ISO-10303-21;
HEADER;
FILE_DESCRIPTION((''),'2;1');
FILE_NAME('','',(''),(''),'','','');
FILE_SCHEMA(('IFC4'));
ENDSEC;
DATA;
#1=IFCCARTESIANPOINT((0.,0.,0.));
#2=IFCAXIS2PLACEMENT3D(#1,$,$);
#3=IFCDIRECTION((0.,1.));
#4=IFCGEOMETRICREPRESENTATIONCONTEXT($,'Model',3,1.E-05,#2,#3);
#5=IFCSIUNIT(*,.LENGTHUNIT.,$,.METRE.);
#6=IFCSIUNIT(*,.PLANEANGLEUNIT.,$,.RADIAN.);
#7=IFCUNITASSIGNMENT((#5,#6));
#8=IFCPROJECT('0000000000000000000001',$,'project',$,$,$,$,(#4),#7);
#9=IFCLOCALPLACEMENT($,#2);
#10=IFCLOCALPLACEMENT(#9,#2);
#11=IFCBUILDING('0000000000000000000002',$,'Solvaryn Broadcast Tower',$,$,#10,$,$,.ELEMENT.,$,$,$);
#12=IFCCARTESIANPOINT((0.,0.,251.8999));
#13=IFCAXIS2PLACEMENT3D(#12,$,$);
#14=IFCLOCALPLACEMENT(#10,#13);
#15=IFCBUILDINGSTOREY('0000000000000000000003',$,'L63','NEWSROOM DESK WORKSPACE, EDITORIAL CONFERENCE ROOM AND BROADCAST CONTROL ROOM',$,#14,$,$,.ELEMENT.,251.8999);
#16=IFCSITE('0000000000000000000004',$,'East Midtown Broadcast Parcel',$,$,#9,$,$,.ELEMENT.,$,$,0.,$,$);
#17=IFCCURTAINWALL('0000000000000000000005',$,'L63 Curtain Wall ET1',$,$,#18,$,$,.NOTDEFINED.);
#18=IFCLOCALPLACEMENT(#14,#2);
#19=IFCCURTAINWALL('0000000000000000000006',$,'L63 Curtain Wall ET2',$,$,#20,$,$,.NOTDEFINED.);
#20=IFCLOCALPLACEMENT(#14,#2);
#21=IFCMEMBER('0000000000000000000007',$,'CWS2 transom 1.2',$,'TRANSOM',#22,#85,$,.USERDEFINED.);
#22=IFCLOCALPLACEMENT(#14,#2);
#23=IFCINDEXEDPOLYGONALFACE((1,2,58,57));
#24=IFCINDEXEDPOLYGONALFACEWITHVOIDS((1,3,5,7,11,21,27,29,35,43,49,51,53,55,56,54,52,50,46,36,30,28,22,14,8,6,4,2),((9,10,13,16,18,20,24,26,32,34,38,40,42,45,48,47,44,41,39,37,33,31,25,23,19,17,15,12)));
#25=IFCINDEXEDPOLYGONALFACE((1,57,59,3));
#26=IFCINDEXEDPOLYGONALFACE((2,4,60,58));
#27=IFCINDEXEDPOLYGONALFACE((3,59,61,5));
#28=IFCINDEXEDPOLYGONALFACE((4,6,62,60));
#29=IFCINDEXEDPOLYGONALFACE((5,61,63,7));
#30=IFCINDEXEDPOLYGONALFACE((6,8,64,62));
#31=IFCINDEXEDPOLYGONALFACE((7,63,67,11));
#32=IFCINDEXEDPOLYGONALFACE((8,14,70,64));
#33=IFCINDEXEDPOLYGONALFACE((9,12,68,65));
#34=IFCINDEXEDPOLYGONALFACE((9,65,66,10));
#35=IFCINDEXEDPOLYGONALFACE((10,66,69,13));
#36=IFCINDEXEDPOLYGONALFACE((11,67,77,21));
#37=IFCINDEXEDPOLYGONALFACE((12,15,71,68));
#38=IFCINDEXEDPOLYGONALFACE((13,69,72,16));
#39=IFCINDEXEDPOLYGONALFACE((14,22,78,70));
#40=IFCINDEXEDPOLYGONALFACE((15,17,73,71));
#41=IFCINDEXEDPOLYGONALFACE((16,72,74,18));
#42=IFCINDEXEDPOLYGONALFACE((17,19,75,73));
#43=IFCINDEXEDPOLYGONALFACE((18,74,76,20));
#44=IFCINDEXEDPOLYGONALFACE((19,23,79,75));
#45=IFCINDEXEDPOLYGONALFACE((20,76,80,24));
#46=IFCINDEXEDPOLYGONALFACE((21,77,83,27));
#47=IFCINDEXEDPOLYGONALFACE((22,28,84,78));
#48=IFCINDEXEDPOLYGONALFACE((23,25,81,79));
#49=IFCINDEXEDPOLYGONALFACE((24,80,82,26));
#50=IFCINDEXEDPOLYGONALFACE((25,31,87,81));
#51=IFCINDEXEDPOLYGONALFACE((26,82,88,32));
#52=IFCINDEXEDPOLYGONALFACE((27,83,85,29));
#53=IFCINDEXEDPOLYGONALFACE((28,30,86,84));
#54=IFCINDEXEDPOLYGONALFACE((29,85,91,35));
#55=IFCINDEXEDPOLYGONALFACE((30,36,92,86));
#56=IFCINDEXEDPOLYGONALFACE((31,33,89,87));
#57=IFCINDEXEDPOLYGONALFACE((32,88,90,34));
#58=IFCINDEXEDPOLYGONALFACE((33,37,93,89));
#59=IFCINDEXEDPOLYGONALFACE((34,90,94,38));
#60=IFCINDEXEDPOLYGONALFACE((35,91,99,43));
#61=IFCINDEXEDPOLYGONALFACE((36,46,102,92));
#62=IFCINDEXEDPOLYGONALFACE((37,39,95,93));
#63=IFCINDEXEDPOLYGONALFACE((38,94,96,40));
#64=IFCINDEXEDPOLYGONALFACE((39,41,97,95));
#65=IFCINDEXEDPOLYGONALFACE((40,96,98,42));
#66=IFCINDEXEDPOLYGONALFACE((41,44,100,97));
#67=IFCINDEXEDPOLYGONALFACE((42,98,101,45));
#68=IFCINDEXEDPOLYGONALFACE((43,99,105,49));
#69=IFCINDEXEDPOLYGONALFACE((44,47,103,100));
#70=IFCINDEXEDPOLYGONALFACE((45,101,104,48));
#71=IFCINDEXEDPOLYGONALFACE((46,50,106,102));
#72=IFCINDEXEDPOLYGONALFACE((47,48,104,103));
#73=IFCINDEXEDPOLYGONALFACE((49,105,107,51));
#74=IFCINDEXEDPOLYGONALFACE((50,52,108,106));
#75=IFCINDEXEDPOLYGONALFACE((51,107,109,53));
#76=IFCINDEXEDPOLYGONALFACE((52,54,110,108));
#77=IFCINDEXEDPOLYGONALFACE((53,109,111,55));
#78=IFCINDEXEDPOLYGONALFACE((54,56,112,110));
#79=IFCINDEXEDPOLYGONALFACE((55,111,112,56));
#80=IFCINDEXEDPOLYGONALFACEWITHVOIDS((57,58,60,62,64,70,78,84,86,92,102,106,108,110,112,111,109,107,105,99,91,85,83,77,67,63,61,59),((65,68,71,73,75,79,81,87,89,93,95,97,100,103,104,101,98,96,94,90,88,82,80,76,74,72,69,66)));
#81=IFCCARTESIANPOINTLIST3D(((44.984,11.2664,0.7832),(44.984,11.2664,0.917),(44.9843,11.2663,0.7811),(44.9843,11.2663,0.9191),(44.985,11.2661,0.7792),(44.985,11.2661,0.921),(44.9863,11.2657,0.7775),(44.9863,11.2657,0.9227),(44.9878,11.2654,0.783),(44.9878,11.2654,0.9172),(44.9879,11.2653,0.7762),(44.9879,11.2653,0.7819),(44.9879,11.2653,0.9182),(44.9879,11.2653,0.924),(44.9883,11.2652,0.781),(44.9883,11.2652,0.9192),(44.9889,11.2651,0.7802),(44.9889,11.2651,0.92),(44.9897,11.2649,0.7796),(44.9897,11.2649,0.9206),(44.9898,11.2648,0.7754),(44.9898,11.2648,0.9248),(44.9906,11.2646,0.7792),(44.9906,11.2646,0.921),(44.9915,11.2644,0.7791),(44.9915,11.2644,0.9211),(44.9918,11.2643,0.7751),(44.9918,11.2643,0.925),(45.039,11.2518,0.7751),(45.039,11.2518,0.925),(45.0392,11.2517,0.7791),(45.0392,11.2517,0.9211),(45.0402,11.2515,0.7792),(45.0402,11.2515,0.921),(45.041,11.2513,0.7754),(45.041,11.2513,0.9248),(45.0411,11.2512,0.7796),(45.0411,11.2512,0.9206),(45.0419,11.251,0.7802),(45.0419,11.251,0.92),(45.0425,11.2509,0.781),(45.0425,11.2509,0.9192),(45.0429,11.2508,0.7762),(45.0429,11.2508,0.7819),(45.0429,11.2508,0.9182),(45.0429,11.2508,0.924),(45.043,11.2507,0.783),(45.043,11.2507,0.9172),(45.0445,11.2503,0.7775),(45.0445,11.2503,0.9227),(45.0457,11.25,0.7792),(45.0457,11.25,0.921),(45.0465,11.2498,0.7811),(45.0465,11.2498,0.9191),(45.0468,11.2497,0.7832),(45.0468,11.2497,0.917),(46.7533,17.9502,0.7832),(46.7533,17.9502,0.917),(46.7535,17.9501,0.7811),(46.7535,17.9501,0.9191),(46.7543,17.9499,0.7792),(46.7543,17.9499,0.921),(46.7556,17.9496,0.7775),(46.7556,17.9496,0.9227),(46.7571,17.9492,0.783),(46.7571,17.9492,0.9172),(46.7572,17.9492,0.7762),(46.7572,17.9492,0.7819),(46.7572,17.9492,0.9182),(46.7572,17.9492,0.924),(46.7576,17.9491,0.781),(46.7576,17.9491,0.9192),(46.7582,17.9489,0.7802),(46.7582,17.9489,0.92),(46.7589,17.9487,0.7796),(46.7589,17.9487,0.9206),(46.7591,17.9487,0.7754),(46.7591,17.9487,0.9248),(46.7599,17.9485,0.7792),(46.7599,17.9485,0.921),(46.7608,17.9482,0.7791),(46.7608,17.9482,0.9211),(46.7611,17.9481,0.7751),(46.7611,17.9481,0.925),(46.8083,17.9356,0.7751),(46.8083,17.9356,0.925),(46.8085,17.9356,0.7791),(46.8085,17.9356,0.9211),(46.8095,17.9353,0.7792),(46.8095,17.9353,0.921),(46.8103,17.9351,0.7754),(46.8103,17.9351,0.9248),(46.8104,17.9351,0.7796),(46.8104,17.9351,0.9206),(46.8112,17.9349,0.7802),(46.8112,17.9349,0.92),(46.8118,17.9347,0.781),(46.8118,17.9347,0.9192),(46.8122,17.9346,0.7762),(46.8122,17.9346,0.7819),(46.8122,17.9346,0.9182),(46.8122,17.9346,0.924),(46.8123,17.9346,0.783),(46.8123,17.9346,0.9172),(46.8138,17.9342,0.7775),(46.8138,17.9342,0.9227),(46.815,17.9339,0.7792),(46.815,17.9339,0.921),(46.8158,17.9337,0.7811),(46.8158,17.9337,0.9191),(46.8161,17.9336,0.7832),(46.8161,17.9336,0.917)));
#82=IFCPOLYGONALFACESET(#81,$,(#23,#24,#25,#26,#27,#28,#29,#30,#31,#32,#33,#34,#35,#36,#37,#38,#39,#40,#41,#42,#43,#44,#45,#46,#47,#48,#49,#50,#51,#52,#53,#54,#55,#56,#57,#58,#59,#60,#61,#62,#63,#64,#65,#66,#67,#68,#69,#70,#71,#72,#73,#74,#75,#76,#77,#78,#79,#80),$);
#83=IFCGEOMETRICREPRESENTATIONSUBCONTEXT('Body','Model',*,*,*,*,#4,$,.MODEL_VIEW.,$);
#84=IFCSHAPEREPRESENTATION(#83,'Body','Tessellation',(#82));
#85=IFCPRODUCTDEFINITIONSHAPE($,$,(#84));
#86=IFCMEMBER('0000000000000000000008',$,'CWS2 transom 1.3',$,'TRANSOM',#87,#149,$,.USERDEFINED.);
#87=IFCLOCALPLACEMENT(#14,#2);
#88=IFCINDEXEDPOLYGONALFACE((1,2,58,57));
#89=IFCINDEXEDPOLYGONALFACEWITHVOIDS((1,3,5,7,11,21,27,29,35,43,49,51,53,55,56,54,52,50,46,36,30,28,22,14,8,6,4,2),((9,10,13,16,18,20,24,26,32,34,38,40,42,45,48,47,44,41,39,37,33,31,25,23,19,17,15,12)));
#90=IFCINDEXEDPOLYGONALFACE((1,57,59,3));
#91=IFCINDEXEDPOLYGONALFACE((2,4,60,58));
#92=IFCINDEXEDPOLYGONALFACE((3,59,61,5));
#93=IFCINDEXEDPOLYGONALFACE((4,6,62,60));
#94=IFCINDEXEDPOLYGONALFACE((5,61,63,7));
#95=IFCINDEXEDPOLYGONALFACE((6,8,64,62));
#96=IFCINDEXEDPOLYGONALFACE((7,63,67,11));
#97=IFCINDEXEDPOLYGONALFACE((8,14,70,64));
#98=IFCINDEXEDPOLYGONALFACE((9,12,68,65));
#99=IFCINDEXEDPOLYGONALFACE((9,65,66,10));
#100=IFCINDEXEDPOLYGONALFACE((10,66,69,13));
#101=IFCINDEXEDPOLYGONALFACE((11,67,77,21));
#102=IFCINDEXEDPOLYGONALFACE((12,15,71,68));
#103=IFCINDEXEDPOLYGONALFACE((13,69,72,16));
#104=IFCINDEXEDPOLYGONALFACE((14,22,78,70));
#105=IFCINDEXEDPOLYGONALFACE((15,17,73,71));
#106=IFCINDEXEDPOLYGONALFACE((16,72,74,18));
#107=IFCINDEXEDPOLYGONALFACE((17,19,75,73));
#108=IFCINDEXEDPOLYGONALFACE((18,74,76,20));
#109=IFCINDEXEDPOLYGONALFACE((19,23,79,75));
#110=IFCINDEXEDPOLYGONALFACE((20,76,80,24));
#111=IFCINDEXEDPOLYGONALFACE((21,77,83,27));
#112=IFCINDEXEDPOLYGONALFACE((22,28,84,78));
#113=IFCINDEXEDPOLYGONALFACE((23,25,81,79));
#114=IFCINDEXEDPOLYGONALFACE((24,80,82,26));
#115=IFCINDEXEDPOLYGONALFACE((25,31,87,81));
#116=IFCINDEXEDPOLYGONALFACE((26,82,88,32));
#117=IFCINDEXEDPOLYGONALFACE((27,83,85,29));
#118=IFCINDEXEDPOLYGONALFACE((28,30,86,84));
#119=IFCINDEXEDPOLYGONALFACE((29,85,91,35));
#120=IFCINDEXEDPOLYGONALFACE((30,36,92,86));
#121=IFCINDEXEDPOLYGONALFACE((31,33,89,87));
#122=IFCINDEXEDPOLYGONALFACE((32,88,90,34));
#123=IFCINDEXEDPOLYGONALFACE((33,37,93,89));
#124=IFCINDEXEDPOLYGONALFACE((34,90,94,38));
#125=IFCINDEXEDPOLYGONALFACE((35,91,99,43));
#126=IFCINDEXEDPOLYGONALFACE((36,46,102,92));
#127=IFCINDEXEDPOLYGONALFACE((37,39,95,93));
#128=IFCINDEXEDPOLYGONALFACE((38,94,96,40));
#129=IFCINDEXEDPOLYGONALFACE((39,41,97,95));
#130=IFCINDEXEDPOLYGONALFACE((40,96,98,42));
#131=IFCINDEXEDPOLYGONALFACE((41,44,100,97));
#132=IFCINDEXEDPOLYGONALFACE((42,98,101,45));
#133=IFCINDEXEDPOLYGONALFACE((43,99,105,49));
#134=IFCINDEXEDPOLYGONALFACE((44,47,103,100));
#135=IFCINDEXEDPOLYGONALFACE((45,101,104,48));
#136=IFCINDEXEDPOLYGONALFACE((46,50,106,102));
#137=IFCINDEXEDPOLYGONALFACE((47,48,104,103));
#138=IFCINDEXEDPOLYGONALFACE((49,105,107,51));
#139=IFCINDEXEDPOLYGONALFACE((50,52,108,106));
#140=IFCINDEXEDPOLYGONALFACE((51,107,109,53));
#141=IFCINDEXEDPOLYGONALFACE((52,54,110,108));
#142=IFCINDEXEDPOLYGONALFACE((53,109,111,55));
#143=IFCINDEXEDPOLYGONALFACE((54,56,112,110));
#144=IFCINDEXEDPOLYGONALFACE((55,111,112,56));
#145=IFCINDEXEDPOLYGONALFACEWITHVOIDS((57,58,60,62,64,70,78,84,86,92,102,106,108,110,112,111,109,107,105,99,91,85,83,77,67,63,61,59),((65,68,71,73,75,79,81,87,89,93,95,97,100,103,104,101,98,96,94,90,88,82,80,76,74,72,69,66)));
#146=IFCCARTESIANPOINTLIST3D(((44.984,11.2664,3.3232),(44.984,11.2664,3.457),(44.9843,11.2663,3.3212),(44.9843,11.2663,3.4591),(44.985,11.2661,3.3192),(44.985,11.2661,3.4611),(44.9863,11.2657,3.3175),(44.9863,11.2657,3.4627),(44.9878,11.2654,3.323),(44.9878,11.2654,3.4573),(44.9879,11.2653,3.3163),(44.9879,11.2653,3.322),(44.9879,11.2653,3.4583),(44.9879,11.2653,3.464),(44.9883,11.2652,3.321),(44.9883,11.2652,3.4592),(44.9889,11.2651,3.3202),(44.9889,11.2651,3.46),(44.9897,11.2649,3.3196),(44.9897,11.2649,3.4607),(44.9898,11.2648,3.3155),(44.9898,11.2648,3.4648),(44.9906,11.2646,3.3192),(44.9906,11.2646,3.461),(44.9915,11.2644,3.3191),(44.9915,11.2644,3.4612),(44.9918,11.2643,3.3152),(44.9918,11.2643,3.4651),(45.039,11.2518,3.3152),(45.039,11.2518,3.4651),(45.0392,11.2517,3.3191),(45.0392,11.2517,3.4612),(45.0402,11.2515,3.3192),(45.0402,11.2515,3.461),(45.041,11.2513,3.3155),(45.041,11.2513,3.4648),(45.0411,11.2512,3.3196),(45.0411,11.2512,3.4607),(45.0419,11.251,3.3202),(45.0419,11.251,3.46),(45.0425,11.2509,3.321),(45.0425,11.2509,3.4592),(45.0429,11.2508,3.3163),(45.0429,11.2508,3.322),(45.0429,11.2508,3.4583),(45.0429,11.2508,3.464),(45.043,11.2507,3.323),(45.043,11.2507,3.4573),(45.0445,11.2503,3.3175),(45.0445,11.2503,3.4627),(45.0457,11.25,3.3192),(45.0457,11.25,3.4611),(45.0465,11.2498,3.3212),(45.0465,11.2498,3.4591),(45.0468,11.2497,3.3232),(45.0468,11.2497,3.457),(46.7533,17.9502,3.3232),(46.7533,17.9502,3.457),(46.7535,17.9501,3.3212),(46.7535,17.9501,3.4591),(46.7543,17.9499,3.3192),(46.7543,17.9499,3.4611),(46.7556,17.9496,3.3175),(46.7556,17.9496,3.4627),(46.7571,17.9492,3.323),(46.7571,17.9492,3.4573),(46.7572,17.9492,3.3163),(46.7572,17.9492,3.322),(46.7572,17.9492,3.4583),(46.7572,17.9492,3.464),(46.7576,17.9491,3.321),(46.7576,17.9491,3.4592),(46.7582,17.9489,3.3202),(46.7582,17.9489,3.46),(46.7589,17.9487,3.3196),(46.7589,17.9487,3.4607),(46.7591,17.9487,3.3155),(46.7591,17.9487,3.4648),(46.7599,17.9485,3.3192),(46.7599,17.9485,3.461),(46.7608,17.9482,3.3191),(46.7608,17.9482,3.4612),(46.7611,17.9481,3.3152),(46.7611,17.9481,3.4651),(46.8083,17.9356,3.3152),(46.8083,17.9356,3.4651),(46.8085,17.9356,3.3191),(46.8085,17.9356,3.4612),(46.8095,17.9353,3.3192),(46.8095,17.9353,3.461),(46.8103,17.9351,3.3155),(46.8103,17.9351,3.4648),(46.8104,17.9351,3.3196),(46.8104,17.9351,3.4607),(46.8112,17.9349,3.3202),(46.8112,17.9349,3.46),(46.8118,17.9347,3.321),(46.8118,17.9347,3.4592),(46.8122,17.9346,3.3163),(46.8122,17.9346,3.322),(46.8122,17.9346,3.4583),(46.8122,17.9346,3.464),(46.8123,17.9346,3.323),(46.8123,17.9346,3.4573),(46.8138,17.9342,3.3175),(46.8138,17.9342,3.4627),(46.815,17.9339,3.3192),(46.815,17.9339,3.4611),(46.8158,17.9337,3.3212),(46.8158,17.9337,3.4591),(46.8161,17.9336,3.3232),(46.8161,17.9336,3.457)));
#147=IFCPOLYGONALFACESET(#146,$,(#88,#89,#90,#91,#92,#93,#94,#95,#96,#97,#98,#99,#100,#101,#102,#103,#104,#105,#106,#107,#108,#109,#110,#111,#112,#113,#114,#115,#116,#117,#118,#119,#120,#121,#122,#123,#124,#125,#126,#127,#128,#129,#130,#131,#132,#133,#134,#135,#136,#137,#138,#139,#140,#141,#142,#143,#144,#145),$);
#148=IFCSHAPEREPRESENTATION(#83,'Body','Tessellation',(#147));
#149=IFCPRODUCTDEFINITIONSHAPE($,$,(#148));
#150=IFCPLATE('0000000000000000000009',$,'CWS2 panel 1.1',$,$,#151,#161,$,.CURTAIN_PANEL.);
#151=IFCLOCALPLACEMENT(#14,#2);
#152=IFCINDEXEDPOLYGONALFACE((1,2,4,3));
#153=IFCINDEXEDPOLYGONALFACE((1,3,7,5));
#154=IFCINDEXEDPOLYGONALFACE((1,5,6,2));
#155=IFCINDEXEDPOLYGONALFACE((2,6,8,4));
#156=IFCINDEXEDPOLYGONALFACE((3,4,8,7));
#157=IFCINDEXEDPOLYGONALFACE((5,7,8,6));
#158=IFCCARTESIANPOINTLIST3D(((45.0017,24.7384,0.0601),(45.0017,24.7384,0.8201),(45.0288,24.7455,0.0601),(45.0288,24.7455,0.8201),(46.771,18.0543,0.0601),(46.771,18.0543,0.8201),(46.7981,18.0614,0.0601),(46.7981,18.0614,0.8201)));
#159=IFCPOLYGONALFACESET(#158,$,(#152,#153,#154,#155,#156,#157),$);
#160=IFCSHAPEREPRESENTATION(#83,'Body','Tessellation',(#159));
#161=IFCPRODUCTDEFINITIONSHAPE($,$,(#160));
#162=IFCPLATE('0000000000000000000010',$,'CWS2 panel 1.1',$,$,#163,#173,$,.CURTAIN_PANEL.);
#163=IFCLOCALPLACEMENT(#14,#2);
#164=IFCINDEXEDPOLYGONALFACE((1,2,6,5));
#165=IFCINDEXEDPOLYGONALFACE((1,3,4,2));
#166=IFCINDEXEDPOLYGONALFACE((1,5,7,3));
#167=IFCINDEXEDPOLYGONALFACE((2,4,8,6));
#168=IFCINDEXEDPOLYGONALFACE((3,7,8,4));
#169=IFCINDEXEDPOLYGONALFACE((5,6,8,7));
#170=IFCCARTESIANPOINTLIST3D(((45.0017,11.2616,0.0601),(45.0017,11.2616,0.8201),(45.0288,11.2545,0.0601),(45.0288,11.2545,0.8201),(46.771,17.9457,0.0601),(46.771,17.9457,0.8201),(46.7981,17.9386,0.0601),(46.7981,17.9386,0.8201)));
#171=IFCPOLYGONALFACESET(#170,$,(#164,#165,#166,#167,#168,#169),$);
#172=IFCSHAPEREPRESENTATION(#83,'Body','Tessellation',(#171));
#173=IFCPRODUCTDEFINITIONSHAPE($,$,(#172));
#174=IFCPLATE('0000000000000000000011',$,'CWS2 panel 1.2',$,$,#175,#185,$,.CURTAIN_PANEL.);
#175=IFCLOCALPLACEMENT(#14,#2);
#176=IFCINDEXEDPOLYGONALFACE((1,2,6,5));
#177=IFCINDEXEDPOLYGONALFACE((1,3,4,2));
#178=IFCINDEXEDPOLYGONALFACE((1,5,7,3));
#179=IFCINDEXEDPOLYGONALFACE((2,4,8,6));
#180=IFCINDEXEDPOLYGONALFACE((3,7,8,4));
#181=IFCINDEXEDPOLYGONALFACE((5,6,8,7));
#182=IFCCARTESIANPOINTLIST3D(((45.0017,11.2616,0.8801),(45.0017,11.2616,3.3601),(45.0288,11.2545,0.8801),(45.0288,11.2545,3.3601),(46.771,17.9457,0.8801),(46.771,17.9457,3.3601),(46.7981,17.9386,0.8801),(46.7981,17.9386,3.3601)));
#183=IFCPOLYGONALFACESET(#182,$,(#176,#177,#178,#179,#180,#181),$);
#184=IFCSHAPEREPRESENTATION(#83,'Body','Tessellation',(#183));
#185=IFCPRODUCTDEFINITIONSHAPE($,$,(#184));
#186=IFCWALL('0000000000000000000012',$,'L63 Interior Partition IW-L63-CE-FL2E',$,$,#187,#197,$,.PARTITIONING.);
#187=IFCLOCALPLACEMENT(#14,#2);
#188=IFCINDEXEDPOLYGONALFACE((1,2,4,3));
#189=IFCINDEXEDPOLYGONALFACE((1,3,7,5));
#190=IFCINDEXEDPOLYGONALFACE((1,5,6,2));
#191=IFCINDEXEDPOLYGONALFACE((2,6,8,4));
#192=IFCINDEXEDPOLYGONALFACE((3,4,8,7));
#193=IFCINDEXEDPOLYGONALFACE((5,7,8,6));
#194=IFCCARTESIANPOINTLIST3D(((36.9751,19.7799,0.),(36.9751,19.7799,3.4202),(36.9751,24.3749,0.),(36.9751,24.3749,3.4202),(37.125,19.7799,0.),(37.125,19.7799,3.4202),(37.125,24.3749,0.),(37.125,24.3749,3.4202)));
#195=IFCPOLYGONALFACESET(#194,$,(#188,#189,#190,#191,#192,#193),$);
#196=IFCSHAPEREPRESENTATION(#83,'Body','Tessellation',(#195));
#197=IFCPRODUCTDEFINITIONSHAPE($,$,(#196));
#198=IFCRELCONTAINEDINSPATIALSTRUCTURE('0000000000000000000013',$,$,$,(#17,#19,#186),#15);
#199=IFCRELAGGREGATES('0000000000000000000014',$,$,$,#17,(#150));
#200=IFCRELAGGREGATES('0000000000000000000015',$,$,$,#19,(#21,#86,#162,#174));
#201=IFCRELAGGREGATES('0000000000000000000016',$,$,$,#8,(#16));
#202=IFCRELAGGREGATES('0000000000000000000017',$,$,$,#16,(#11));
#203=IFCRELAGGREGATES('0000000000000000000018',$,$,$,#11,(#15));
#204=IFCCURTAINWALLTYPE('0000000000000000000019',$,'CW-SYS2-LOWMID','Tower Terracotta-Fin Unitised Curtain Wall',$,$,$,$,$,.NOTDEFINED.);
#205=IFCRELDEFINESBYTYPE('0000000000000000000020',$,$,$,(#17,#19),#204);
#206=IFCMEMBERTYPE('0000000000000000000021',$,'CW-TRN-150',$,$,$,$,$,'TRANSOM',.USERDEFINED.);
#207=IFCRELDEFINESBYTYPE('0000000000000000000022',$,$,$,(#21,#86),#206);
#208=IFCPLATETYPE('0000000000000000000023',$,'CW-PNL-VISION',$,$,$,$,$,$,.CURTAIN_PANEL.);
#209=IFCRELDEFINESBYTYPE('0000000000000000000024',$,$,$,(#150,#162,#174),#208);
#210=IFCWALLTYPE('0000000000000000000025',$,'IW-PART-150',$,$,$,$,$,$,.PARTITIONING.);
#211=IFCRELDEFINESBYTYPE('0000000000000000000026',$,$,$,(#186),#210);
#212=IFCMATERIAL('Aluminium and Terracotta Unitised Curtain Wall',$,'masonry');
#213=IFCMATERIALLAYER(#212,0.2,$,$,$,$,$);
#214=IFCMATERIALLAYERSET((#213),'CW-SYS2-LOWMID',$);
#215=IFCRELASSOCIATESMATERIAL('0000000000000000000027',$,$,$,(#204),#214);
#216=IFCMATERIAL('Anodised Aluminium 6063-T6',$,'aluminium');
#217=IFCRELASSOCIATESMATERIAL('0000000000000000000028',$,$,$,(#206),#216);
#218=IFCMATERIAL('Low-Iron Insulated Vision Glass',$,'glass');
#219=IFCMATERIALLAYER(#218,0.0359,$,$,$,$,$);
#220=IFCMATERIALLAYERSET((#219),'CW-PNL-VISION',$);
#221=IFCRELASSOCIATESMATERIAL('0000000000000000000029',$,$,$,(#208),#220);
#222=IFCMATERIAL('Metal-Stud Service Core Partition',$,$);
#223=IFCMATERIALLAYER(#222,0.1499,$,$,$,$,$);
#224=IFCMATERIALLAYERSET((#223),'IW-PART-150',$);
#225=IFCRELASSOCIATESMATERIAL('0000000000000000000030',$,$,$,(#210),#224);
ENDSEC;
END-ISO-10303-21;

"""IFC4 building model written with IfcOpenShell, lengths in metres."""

from ifc_helpers import new_model, si_unit, direction, frame, frame_2d, origin, origin_2d, place, context, subcontext, project, spatial, rectangle, hollow_rectangle, extrude, material, layer, layer_set, material_profile, profile_set, type_object, element, aggregate, save


model = new_model("IFC4")

# Units and contexts
model_context = context("Model", 3, precision=1e-05, world=origin(), true_north=direction((0.0, 1.0)))
body_context = subcontext(model_context, "Body", "Model", "MODEL_VIEW")
ifc_project = project(units=[si_unit("LENGTHUNIT", "METRE"), si_unit("PLANEANGLEUNIT", "RADIAN")], contexts=[model_context])

# Site, building, storey
site_placement = place(None, origin())
site = spatial("IfcSite", under=ifc_project, at=site_placement, Name="East Midtown Broadcast Parcel", CompositionType="ELEMENT", RefElevation=0.0)
building_placement = place(site_placement, origin())
building = spatial("IfcBuilding", under=site, at=building_placement, Name="Solvaryn Broadcast Tower", CompositionType="ELEMENT")
storey_placement = place(building_placement, frame((0.0, 0.0, 251.8999)))
storey = spatial("IfcBuildingStorey", under=building, at=storey_placement, Name="L63", Description="NEWSROOM DESK WORKSPACE, EDITORIAL CONFERENCE ROOM AND BROADCAST CONTROL ROOM", CompositionType="ELEMENT", Elevation=251.8999)

# Curtain wall
ifc_material_1 = material(Name="Aluminium and Terracotta Unitised Curtain Wall", Category="masonry")
ifc_layer_1 = layer(ifc_material_1, 0.2)
ifc_layer_set_1 = layer_set([ifc_layer_1], Name="CW-SYS2-LOWMID")
curtain_wall_type = type_object("IfcCurtainWallType", Name="CW-SYS2-LOWMID", Description="Tower Terracotta-Fin Unitised Curtain Wall", PredefinedType="NOTDEFINED", material=ifc_layer_set_1)
curtain_wall_1_placement = place(storey_placement, origin())
curtain_wall_1 = element("IfcCurtainWall", 1, at=curtain_wall_1_placement, inside=storey, type_object=curtain_wall_type, Name="L63 Curtain Wall ET1", PredefinedType="NOTDEFINED")

# Curtain wall, members
curtain_wall_2_placement = place(storey_placement, origin())
curtain_wall_2 = element("IfcCurtainWall", 2, at=curtain_wall_2_placement, inside=storey, type_object=curtain_wall_type, Name="L63 Curtain Wall ET2", PredefinedType="NOTDEFINED")
ifc_material_2 = material(Name="Anodised Aluminium 6063-T6", Category="aluminium")
ifc_material_profile_1 = material_profile(ifc_material_2, hollow_rectangle(XDim=0.0649, YDim=0.1499, WallThickness=0.0039, InnerFilletRadius=0.0039, OuterFilletRadius=0.0081, at=origin_2d()))
ifc_profile_set_1 = profile_set([ifc_material_profile_1], Name="Anodised Aluminium 6063-T6")
member_type_1 = type_object("IfcMemberType", Name="CW-TRN-150", ElementType="TRANSOM", PredefinedType="USERDEFINED", material=ifc_profile_set_1)
member_1_placement = place(storey_placement, frame((46.7847, 17.9419, 0.8501), z_axis=(-0.255897, -0.966704, 0.0), x_axis=(0.966704, -0.255897, 0.0)))
member_1 = element("IfcMember", 3, at=member_1_placement, type_object=member_type_1, Name="CWS2 transom 1.2", ObjectType="TRANSOM", PredefinedType="USERDEFINED", context=body_context, shape_type="SweptSolid", body=[
    extrude(hollow_rectangle(XDim=0.0649, YDim=0.1499, WallThickness=0.0039, InnerFilletRadius=0.0039, OuterFilletRadius=0.0081, at=origin_2d()), origin(), (0.0, 0.0, 1.0), 6.9141),
])
member_2_placement = place(storey_placement, frame((46.7847, 17.9419, 3.3901), z_axis=(-0.255897, -0.966704, 0.0), x_axis=(0.966704, -0.255897, 0.0)))
member_2 = element("IfcMember", 4, at=member_2_placement, type_object=member_type_1, Name="CWS2 transom 1.3", ObjectType="TRANSOM", PredefinedType="USERDEFINED", context=body_context, shape_type="SweptSolid", body=[
    extrude(hollow_rectangle(XDim=0.0649, YDim=0.1499, WallThickness=0.0039, InnerFilletRadius=0.0039, OuterFilletRadius=0.0081, at=origin_2d()), origin(), (0.0, 0.0, 1.0), 6.9141),
])

# Plates
ifc_material_3 = material(Name="Low-Iron Insulated Vision Glass", Category="glass")
ifc_layer_2 = layer(ifc_material_3, 0.0359)
ifc_layer_set_2 = layer_set([ifc_layer_2], Name="CW-PNL-VISION")
plate_type = type_object("IfcPlateType", Name="CW-PNL-VISION", PredefinedType="CURTAIN_PANEL", material=ifc_layer_set_2)
plate_1_placement = place(storey_placement, frame((45.8999, 21.3999, 0.0601), z_axis=(0.0, 0.0, 1.0), x_axis=(0.255893, -0.966705, 0.0)))
plate_1 = element("IfcPlate", 5, at=plate_1_placement, type_object=plate_type, Name="CWS2 panel 1.1", PredefinedType="CURTAIN_PANEL", context=body_context, shape_type="SweptSolid", body=[
    extrude(rectangle(XDim=6.9143, YDim=0.0281, at=origin_2d()), origin(), (0.0, 0.0, 1.0), 0.76),
])
aggregate(curtain_wall_1, [plate_1])
plate_2_placement = place(storey_placement, frame((45.8999, 14.6001, 0.0601), z_axis=(0.0, 0.0, 1.0), x_axis=(-0.255893, -0.966705, 0.0)))
plate_2 = element("IfcPlate", 6, at=plate_2_placement, type_object=plate_type, Name="CWS2 panel 1.1", PredefinedType="CURTAIN_PANEL", context=body_context, shape_type="SweptSolid", body=[
    extrude(rectangle(XDim=6.9143, YDim=0.0281, at=origin_2d()), origin(), (0.0, 0.0, 1.0), 0.76),
])
plate_3_placement = place(storey_placement, frame((45.8999, 14.6001, 0.8801), z_axis=(0.0, 0.0, 1.0), x_axis=(-0.255893, -0.966705, 0.0)))
plate_3 = element("IfcPlate", 7, at=plate_3_placement, type_object=plate_type, Name="CWS2 panel 1.2", PredefinedType="CURTAIN_PANEL", context=body_context, shape_type="SweptSolid", body=[
    extrude(rectangle(XDim=6.9143, YDim=0.0281, at=origin_2d()), origin(), (0.0, 0.0, 1.0), 2.48),
])
aggregate(curtain_wall_2, [member_1, member_2, plate_2, plate_3])

# Wall
ifc_material_4 = material(Name="Metal-Stud Service Core Partition")
ifc_layer_3 = layer(ifc_material_4, 0.1499)
ifc_layer_set_3 = layer_set([ifc_layer_3], Name="IW-PART-150")
wall_type_1 = type_object("IfcWallType", Name="IW-PART-150", PredefinedType="PARTITIONING", material=ifc_layer_set_3)
for number, where, z_axis, x_axis, name in (
    (8, (37.05, 19.78, 0.0), (0.0, 0.0, 1.0), (0.0, 1.0, 0.0), "L63 Interior Partition IW-L63-CE-FL2E"),
):
    element("IfcWall", number, at=place(storey_placement, frame(where, z_axis=z_axis, x_axis=x_axis)), inside=storey, type_object=wall_type_1, Name=name, PredefinedType="PARTITIONING", context=body_context, shape_type="SweptSolid", body=[
        extrude(rectangle(XDim=4.595, YDim=0.1499, at=frame_2d((2.2974, 0.0))), origin(), (0.0, 0.0, 1.0), 3.4202),
    ])

save(model, "model.ifc")
